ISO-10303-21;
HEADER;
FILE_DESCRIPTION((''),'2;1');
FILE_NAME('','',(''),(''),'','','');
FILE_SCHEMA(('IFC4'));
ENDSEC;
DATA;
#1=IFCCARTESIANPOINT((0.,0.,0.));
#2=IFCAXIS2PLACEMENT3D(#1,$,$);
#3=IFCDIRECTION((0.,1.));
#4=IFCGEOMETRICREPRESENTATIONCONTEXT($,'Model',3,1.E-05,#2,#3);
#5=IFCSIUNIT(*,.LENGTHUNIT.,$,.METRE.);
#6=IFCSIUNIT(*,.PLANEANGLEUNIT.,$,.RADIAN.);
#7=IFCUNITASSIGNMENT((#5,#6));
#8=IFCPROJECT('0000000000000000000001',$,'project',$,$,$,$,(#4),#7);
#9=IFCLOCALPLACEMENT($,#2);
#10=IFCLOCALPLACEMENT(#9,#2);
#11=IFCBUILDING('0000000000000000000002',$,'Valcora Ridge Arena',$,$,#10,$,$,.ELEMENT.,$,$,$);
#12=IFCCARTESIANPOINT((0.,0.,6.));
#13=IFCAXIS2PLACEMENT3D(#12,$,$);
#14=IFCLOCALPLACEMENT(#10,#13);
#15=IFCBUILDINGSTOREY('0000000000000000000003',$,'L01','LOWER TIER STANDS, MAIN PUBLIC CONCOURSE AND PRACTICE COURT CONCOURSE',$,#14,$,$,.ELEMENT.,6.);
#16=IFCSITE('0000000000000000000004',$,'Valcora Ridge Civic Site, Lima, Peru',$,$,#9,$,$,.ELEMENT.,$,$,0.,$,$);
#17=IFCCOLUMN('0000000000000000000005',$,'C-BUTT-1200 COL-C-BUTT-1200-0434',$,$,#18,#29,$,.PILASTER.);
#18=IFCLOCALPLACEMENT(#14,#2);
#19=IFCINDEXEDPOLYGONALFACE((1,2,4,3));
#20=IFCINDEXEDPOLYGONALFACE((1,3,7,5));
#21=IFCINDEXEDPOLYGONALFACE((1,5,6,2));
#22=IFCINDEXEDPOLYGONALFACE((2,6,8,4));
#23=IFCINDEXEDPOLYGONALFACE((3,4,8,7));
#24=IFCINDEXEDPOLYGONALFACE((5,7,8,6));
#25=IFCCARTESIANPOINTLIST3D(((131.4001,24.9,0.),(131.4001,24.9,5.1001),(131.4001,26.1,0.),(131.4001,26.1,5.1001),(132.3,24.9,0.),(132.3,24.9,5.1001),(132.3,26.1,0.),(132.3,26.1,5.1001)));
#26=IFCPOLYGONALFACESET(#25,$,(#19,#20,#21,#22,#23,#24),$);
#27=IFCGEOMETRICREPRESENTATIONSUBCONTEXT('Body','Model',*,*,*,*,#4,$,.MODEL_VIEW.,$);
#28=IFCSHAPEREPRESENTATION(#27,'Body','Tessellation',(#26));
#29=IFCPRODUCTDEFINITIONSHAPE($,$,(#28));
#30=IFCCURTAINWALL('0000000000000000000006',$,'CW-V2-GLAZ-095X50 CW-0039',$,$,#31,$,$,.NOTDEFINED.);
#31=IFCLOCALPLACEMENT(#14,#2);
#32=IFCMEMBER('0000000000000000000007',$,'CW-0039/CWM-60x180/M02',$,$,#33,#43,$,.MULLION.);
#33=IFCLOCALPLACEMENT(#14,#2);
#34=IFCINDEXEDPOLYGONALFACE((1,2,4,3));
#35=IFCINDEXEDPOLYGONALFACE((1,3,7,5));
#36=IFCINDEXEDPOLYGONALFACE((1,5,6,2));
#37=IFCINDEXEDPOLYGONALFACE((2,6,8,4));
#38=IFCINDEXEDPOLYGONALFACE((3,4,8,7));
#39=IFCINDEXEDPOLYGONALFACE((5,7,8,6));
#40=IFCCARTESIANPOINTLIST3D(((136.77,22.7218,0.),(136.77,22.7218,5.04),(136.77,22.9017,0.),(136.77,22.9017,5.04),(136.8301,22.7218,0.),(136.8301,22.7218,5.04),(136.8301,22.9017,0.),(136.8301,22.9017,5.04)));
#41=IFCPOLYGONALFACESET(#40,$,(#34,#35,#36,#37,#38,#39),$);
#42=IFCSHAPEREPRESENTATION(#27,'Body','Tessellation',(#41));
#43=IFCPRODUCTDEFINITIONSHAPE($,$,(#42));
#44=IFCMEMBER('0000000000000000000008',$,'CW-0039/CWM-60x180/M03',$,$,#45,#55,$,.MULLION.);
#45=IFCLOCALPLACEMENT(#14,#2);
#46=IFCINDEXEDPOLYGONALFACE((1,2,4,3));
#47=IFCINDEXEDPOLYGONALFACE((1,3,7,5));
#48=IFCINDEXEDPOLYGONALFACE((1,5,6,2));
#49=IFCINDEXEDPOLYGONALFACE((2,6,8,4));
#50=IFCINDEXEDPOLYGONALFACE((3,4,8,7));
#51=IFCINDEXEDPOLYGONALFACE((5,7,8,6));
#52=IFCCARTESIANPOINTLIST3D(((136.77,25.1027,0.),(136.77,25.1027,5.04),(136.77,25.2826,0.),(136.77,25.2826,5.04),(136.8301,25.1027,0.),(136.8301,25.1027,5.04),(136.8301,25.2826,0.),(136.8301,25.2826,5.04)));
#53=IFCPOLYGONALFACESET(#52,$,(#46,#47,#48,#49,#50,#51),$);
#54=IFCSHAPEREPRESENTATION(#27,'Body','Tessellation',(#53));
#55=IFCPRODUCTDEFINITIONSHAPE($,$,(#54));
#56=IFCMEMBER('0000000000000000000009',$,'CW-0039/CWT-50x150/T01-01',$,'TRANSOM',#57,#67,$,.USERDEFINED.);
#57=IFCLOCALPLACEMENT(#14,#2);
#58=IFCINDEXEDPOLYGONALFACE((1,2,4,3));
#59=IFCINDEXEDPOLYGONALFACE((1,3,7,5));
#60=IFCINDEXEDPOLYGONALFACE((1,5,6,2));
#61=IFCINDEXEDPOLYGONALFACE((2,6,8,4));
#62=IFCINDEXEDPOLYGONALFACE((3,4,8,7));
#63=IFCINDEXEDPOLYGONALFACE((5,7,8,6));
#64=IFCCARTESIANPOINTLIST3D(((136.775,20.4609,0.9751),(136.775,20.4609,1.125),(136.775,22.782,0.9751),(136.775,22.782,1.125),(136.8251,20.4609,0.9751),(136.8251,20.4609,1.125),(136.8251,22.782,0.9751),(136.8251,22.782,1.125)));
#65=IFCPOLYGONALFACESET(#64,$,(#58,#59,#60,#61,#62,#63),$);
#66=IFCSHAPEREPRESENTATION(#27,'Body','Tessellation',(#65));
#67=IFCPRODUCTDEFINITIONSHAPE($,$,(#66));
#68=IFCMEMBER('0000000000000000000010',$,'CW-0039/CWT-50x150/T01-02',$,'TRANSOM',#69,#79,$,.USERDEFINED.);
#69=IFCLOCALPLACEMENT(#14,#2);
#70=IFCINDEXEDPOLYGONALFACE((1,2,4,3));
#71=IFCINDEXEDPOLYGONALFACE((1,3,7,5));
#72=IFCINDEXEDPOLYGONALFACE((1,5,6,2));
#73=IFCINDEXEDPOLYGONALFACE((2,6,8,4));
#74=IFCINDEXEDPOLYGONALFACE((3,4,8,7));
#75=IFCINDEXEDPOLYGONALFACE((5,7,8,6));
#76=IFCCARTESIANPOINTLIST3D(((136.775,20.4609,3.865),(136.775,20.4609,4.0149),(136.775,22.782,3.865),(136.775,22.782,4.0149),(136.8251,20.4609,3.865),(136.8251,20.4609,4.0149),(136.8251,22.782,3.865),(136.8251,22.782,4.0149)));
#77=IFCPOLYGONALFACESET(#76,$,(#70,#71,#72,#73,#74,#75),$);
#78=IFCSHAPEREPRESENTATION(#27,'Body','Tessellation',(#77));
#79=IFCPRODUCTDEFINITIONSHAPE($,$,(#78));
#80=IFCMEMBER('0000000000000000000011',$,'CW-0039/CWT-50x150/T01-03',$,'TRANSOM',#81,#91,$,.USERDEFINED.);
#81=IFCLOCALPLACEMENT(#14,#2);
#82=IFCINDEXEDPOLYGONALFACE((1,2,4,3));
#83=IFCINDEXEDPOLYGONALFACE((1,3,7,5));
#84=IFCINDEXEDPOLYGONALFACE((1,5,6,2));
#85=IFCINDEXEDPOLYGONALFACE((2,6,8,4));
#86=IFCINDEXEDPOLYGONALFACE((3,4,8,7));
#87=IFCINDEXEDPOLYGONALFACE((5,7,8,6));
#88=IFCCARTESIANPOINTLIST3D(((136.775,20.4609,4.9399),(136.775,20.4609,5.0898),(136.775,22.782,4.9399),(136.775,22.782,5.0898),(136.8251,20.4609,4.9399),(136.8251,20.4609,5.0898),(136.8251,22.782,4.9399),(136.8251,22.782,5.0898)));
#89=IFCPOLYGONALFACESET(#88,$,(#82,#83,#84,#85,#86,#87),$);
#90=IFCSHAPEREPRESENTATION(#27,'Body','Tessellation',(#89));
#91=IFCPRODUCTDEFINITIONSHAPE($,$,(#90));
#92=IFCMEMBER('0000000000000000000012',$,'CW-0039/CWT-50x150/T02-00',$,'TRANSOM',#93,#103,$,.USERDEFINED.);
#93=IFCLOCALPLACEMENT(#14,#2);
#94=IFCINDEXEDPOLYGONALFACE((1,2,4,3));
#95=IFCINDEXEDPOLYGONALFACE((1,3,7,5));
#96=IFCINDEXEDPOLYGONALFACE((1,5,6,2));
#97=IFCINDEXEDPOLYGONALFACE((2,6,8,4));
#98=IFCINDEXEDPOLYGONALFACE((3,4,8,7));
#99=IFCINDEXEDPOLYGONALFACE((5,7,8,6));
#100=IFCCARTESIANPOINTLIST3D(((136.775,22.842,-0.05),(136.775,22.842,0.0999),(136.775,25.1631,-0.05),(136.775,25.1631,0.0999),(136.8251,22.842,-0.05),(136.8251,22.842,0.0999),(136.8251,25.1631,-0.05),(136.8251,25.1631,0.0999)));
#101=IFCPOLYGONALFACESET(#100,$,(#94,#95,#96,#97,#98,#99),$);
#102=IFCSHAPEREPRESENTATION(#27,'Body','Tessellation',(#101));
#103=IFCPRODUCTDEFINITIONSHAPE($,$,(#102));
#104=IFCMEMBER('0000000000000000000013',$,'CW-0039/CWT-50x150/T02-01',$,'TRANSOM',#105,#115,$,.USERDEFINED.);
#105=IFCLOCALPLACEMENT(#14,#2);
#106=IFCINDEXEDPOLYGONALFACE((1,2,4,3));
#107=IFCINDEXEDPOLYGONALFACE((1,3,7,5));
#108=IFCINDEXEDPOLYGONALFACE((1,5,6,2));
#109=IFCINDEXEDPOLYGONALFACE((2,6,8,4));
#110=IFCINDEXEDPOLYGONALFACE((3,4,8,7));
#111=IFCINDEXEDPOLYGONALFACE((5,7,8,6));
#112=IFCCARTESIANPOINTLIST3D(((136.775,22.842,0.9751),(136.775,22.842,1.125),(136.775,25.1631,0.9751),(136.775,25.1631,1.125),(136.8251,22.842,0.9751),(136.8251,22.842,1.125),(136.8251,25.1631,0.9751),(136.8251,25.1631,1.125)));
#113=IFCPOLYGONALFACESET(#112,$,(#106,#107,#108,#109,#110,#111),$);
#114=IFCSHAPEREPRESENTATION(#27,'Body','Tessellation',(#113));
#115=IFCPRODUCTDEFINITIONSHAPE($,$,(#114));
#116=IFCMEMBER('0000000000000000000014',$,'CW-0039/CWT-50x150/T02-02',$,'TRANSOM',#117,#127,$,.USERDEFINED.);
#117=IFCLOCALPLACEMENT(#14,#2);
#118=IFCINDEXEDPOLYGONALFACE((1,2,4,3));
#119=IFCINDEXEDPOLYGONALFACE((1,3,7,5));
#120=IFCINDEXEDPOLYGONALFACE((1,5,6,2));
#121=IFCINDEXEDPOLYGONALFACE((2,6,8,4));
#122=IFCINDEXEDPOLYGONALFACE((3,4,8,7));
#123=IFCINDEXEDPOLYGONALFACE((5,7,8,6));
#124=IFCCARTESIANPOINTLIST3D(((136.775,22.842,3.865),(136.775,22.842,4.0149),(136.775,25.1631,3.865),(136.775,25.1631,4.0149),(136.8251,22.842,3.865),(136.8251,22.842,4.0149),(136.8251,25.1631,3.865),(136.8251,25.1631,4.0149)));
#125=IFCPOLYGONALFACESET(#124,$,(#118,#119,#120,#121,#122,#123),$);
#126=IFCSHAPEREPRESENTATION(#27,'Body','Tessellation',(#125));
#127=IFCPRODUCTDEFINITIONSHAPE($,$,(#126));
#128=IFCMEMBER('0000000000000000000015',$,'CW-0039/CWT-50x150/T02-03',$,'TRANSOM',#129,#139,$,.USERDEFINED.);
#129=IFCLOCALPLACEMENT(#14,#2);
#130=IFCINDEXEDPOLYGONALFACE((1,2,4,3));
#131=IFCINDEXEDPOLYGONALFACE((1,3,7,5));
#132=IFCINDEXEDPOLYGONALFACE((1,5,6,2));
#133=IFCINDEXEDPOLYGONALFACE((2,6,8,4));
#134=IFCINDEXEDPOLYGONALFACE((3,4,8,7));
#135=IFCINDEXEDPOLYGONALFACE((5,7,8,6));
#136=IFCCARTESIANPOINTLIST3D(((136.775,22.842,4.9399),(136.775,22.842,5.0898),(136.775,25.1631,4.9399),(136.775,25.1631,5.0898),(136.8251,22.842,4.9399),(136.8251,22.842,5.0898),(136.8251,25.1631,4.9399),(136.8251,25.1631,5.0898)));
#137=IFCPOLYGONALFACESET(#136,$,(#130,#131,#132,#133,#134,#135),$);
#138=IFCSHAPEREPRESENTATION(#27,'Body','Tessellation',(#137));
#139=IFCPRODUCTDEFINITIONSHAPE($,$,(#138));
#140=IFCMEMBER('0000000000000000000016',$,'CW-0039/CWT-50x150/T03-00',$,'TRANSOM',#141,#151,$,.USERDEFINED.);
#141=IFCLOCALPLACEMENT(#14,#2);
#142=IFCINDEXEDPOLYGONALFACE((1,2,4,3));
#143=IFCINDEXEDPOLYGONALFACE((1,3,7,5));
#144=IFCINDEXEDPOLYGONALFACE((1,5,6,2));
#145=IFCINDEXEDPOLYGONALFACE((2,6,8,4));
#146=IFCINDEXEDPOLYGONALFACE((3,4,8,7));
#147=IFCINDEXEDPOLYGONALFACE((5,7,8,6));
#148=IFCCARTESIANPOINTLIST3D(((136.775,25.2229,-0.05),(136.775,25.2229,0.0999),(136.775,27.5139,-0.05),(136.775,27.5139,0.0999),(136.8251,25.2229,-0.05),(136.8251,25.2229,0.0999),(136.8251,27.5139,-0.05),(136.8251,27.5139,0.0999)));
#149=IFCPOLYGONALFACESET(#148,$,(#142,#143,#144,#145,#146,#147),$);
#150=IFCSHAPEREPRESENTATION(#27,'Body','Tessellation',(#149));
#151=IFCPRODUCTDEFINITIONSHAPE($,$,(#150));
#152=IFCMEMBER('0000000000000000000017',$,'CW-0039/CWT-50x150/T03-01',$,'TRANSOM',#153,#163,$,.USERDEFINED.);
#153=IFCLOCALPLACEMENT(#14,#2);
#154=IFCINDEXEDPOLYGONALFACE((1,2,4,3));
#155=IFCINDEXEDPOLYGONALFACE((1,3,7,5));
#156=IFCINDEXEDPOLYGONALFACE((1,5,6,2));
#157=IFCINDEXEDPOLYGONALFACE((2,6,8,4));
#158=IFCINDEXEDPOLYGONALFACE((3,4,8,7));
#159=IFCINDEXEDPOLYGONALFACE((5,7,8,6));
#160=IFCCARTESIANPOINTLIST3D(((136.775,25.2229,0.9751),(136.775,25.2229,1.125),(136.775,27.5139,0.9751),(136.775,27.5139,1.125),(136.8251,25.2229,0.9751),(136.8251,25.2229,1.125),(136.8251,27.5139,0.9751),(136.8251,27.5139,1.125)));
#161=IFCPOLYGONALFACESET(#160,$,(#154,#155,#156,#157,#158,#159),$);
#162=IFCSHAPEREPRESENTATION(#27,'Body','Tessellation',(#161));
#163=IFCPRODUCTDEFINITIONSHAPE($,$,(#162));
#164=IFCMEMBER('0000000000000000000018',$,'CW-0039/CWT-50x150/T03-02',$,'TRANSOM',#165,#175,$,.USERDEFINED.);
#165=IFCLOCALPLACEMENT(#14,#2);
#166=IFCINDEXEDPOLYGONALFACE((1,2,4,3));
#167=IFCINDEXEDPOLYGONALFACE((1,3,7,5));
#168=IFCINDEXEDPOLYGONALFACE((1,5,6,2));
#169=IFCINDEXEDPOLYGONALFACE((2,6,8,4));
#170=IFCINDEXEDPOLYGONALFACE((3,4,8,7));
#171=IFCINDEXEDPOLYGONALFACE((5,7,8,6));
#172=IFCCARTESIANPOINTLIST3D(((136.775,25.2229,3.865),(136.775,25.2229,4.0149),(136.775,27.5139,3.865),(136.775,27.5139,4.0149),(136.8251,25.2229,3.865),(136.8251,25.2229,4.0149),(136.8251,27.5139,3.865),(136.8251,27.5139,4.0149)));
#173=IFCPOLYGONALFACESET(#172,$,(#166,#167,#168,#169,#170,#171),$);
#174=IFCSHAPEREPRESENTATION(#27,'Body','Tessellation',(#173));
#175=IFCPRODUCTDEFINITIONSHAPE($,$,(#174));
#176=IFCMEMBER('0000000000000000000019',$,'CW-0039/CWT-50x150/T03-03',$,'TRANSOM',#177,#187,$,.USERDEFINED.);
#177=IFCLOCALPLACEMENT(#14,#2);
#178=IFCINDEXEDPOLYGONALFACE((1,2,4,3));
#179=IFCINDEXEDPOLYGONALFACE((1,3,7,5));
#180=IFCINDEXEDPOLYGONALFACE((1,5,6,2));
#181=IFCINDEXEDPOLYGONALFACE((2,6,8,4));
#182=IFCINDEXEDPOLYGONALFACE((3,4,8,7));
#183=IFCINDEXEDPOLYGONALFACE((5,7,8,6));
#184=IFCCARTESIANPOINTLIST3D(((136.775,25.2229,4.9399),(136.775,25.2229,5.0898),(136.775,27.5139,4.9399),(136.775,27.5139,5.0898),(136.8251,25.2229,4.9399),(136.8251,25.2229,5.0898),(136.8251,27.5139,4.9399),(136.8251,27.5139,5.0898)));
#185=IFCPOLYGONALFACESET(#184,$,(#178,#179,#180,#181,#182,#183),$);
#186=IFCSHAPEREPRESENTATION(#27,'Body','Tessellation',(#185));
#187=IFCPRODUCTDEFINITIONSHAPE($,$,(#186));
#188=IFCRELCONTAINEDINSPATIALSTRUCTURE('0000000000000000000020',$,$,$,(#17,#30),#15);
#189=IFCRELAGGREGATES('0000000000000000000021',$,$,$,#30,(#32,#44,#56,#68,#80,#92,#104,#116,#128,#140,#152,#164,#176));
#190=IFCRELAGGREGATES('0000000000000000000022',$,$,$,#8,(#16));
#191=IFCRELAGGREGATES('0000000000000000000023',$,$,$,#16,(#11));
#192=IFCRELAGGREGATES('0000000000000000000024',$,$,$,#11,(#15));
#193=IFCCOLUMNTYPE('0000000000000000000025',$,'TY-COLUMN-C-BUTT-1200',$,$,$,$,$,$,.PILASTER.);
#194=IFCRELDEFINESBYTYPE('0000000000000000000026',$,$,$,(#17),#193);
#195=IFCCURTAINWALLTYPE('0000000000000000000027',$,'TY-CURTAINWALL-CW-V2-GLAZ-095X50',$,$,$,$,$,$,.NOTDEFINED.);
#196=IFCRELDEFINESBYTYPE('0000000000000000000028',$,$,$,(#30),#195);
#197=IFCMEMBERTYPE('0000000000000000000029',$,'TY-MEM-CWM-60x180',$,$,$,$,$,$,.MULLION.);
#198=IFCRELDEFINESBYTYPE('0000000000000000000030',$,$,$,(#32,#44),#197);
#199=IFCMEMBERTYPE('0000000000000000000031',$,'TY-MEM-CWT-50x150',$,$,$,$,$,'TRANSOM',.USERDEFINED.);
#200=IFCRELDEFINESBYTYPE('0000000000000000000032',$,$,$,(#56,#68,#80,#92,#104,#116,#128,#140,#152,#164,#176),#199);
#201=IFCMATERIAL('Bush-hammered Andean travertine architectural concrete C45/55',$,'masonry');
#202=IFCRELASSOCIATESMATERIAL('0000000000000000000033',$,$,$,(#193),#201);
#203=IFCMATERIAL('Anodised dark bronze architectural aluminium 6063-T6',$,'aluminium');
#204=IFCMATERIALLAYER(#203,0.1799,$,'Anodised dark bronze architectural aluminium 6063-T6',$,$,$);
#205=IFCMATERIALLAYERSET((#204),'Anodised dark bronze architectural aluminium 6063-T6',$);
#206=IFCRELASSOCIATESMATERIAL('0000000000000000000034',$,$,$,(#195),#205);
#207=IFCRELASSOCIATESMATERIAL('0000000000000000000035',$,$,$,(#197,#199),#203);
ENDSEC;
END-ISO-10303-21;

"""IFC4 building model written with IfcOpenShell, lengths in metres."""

from ifc_helpers import new_model, si_unit, direction, frame, origin, origin_2d, place, context, subcontext, project, spatial, rectangle, extrude, material, layer, layer_set, material_profile, profile_set, type_object, element, aggregate, save


model = new_model("IFC4")

# Units and contexts
model_context = context("Model", 3, precision=1e-05, world=origin(), true_north=direction((0.0, 1.0)))
body_context = subcontext(model_context, "Body", "Model", "MODEL_VIEW")
ifc_project = project(units=[si_unit("LENGTHUNIT", "METRE"), si_unit("PLANEANGLEUNIT", "RADIAN")], contexts=[model_context])

# Site, building, storey
site_placement = place(None, origin())
site = spatial("IfcSite", under=ifc_project, at=site_placement, Name="Valcora Ridge Civic Site, Lima, Peru", CompositionType="ELEMENT", RefElevation=0.0)
building_placement = place(site_placement, origin())
building = spatial("IfcBuilding", under=site, at=building_placement, Name="Valcora Ridge Arena", CompositionType="ELEMENT")
storey_placement = place(building_placement, frame((0.0, 0.0, 6.0)))
storey = spatial("IfcBuildingStorey", under=building, at=storey_placement, Name="L01", Description="LOWER TIER STANDS, MAIN PUBLIC CONCOURSE AND PRACTICE COURT CONCOURSE", CompositionType="ELEMENT", Elevation=6.0)

# Column
ifc_material_1 = material(Name="Bush-hammered Andean travertine architectural concrete C45/55", Category="masonry")
ifc_material_profile_1 = material_profile(ifc_material_1, rectangle(XDim=0.8999, YDim=1.2, at=origin_2d()), Name="RC 900x1200")
ifc_profile_set_1 = profile_set([ifc_material_profile_1], Name="Bush-hammered Andean travertine architectural concrete C45/55")
column_type = type_object("IfcColumnType", Name="TY-COLUMN-C-BUTT-1200", PredefinedType="PILASTER", material=ifc_profile_set_1)
column_placement = place(storey_placement, frame((131.8501, 25.5, 0.0), z_axis=(0.0, 0.0, 1.0), x_axis=(1.0, 0.0, 0.0)))
element("IfcColumn", 1, at=column_placement, inside=storey, type_object=column_type, Name="C-BUTT-1200 COL-C-BUTT-1200-0434", PredefinedType="PILASTER", context=body_context, shape_type="SweptSolid", body=[
    extrude(rectangle(XDim=0.8999, YDim=1.2, at=origin_2d()), origin(), (0.0, 0.0, 1.0), 5.1001),
])

# Curtain wall, members
ifc_material_2 = material(Name="Anodised dark bronze architectural aluminium 6063-T6", Category="aluminium")
ifc_layer_1 = layer(ifc_material_2, 0.1799, Name="Anodised dark bronze architectural aluminium 6063-T6")
ifc_layer_set_1 = layer_set([ifc_layer_1], Name="Anodised dark bronze architectural aluminium 6063-T6")
curtain_wall_type = type_object("IfcCurtainWallType", Name="TY-CURTAINWALL-CW-V2-GLAZ-095X50", PredefinedType="NOTDEFINED", material=ifc_layer_set_1)
curtain_wall_placement = place(storey_placement, origin())
curtain_wall = element("IfcCurtainWall", 2, at=curtain_wall_placement, inside=storey, type_object=curtain_wall_type, Name="CW-V2-GLAZ-095X50 CW-0039", PredefinedType="NOTDEFINED")
ifc_material_profile_2 = material_profile(ifc_material_2, rectangle(XDim=0.0601, YDim=0.1799, at=origin_2d()), Name="ALU MULLION 60x180")
ifc_profile_set_2 = profile_set([ifc_material_profile_2], Name="Anodised dark bronze architectural aluminium 6063-T6")
member_type_1 = type_object("IfcMemberType", Name="TY-MEM-CWM-60x180", PredefinedType="MULLION", material=ifc_profile_set_2)
member_1_placement = place(storey_placement, frame((136.8, 22.8118, 0.0), z_axis=(0.0, 0.0, 1.0), x_axis=(-1.0, 0.0, 0.0)))
member_1 = element("IfcMember", 3, at=member_1_placement, type_object=member_type_1, Name="CW-0039/CWM-60x180/M02", PredefinedType="MULLION", context=body_context, shape_type="SweptSolid", body=[
    extrude(rectangle(XDim=0.0601, YDim=0.1799, at=origin_2d()), origin(), (0.0, 0.0, 1.0), 5.04),
])
member_2_placement = place(storey_placement, frame((136.8, 25.1926, 0.0), z_axis=(0.0, 0.0, 1.0), x_axis=(-1.0, 0.0, 0.0)))
member_2 = element("IfcMember", 4, at=member_2_placement, type_object=member_type_1, Name="CW-0039/CWM-60x180/M03", PredefinedType="MULLION", context=body_context, shape_type="SweptSolid", body=[
    extrude(rectangle(XDim=0.0601, YDim=0.1799, at=origin_2d()), origin(), (0.0, 0.0, 1.0), 5.04),
])
ifc_material_profile_3 = material_profile(ifc_material_2, rectangle(XDim=0.05, YDim=0.1499, at=origin_2d()), Name="ALU TRANSOM 50x150")
ifc_profile_set_3 = profile_set([ifc_material_profile_3], Name="Anodised dark bronze architectural aluminium 6063-T6")
member_type_2 = type_object("IfcMemberType", Name="TY-MEM-CWT-50x150", ElementType="TRANSOM", PredefinedType="USERDEFINED", material=ifc_profile_set_3)
member_3_placement = place(storey_placement, frame((136.8, 20.4609, 1.05), z_axis=(0.0, 1.0, 0.0), x_axis=(-1.0, 0.0, 0.0)))
member_3 = element("IfcMember", 5, at=member_3_placement, type_object=member_type_2, Name="CW-0039/CWT-50x150/T01-01", ObjectType="TRANSOM", PredefinedType="USERDEFINED", context=body_context, shape_type="SweptSolid", body=[
    extrude(rectangle(XDim=0.05, YDim=0.1499, at=origin_2d()), origin(), (0.0, 0.0, 1.0), 2.321),
])
member_4_placement = place(storey_placement, frame((136.8, 20.4609, 3.9399), z_axis=(0.0, 1.0, 0.0), x_axis=(-1.0, 0.0, 0.0)))
member_4 = element("IfcMember", 6, at=member_4_placement, type_object=member_type_2, Name="CW-0039/CWT-50x150/T01-02", ObjectType="TRANSOM", PredefinedType="USERDEFINED", context=body_context, shape_type="SweptSolid", body=[
    extrude(rectangle(XDim=0.05, YDim=0.1499, at=origin_2d()), origin(), (0.0, 0.0, 1.0), 2.321),
])
member_5_placement = place(storey_placement, frame((136.8, 20.4609, 5.0149), z_axis=(0.0, 1.0, 0.0), x_axis=(-1.0, 0.0, 0.0)))
member_5 = element("IfcMember", 7, at=member_5_placement, type_object=member_type_2, Name="CW-0039/CWT-50x150/T01-03", ObjectType="TRANSOM", PredefinedType="USERDEFINED", context=body_context, shape_type="SweptSolid", body=[
    extrude(rectangle(XDim=0.05, YDim=0.1499, at=origin_2d()), origin(), (0.0, 0.0, 1.0), 2.321),
])
member_6_placement = place(storey_placement, frame((136.8, 22.842, 0.0249), z_axis=(0.0, 1.0, 0.0), x_axis=(-1.0, 0.0, 0.0)))
member_6 = element("IfcMember", 8, at=member_6_placement, type_object=member_type_2, Name="CW-0039/CWT-50x150/T02-00", ObjectType="TRANSOM", PredefinedType="USERDEFINED", context=body_context, shape_type="SweptSolid", body=[
    extrude(rectangle(XDim=0.05, YDim=0.1499, at=origin_2d()), origin(), (0.0, 0.0, 1.0), 2.321),
])
member_7_placement = place(storey_placement, frame((136.8, 22.842, 1.05), z_axis=(0.0, 1.0, 0.0), x_axis=(-1.0, 0.0, 0.0)))
member_7 = element("IfcMember", 9, at=member_7_placement, type_object=member_type_2, Name="CW-0039/CWT-50x150/T02-01", ObjectType="TRANSOM", PredefinedType="USERDEFINED", context=body_context, shape_type="SweptSolid", body=[
    extrude(rectangle(XDim=0.05, YDim=0.1499, at=origin_2d()), origin(), (0.0, 0.0, 1.0), 2.321),
])
member_8_placement = place(storey_placement, frame((136.8, 22.842, 3.9399), z_axis=(0.0, 1.0, 0.0), x_axis=(-1.0, 0.0, 0.0)))
member_8 = element("IfcMember", 10, at=member_8_placement, type_object=member_type_2, Name="CW-0039/CWT-50x150/T02-02", ObjectType="TRANSOM", PredefinedType="USERDEFINED", context=body_context, shape_type="SweptSolid", body=[
    extrude(rectangle(XDim=0.05, YDim=0.1499, at=origin_2d()), origin(), (0.0, 0.0, 1.0), 2.321),
])
member_9_placement = place(storey_placement, frame((136.8, 22.842, 5.0149), z_axis=(0.0, 1.0, 0.0), x_axis=(-1.0, 0.0, 0.0)))
member_9 = element("IfcMember", 11, at=member_9_placement, type_object=member_type_2, Name="CW-0039/CWT-50x150/T02-03", ObjectType="TRANSOM", PredefinedType="USERDEFINED", context=body_context, shape_type="SweptSolid", body=[
    extrude(rectangle(XDim=0.05, YDim=0.1499, at=origin_2d()), origin(), (0.0, 0.0, 1.0), 2.321),
])
member_10_placement = place(storey_placement, frame((136.8, 25.2229, 0.0249), z_axis=(0.0, 1.0, 0.0), x_axis=(-1.0, 0.0, 0.0)))
member_10 = element("IfcMember", 12, at=member_10_placement, type_object=member_type_2, Name="CW-0039/CWT-50x150/T03-00", ObjectType="TRANSOM", PredefinedType="USERDEFINED", context=body_context, shape_type="SweptSolid", body=[
    extrude(rectangle(XDim=0.05, YDim=0.1499, at=origin_2d()), origin(), (0.0, 0.0, 1.0), 2.291),
])
member_11_placement = place(storey_placement, frame((136.8, 25.2229, 1.05), z_axis=(0.0, 1.0, 0.0), x_axis=(-1.0, 0.0, 0.0)))
member_11 = element("IfcMember", 13, at=member_11_placement, type_object=member_type_2, Name="CW-0039/CWT-50x150/T03-01", ObjectType="TRANSOM", PredefinedType="USERDEFINED", context=body_context, shape_type="SweptSolid", body=[
    extrude(rectangle(XDim=0.05, YDim=0.1499, at=origin_2d()), origin(), (0.0, 0.0, 1.0), 2.291),
])
member_12_placement = place(storey_placement, frame((136.8, 25.2229, 3.9399), z_axis=(0.0, 1.0, 0.0), x_axis=(-1.0, 0.0, 0.0)))
member_12 = element("IfcMember", 14, at=member_12_placement, type_object=member_type_2, Name="CW-0039/CWT-50x150/T03-02", ObjectType="TRANSOM", PredefinedType="USERDEFINED", context=body_context, shape_type="SweptSolid", body=[
    extrude(rectangle(XDim=0.05, YDim=0.1499, at=origin_2d()), origin(), (0.0, 0.0, 1.0), 2.291),
])
member_13_placement = place(storey_placement, frame((136.8, 25.2229, 5.0149), z_axis=(0.0, 1.0, 0.0), x_axis=(-1.0, 0.0, 0.0)))
member_13 = element("IfcMember", 15, at=member_13_placement, type_object=member_type_2, Name="CW-0039/CWT-50x150/T03-03", ObjectType="TRANSOM", PredefinedType="USERDEFINED", context=body_context, shape_type="SweptSolid", body=[
    extrude(rectangle(XDim=0.05, YDim=0.1499, at=origin_2d()), origin(), (0.0, 0.0, 1.0), 2.291),
])
aggregate(curtain_wall, [member_1, member_2, member_3, member_4, member_5, member_6, member_7, member_8, member_9, member_10, member_11, member_12, member_13])

save(model, "model.ifc")
